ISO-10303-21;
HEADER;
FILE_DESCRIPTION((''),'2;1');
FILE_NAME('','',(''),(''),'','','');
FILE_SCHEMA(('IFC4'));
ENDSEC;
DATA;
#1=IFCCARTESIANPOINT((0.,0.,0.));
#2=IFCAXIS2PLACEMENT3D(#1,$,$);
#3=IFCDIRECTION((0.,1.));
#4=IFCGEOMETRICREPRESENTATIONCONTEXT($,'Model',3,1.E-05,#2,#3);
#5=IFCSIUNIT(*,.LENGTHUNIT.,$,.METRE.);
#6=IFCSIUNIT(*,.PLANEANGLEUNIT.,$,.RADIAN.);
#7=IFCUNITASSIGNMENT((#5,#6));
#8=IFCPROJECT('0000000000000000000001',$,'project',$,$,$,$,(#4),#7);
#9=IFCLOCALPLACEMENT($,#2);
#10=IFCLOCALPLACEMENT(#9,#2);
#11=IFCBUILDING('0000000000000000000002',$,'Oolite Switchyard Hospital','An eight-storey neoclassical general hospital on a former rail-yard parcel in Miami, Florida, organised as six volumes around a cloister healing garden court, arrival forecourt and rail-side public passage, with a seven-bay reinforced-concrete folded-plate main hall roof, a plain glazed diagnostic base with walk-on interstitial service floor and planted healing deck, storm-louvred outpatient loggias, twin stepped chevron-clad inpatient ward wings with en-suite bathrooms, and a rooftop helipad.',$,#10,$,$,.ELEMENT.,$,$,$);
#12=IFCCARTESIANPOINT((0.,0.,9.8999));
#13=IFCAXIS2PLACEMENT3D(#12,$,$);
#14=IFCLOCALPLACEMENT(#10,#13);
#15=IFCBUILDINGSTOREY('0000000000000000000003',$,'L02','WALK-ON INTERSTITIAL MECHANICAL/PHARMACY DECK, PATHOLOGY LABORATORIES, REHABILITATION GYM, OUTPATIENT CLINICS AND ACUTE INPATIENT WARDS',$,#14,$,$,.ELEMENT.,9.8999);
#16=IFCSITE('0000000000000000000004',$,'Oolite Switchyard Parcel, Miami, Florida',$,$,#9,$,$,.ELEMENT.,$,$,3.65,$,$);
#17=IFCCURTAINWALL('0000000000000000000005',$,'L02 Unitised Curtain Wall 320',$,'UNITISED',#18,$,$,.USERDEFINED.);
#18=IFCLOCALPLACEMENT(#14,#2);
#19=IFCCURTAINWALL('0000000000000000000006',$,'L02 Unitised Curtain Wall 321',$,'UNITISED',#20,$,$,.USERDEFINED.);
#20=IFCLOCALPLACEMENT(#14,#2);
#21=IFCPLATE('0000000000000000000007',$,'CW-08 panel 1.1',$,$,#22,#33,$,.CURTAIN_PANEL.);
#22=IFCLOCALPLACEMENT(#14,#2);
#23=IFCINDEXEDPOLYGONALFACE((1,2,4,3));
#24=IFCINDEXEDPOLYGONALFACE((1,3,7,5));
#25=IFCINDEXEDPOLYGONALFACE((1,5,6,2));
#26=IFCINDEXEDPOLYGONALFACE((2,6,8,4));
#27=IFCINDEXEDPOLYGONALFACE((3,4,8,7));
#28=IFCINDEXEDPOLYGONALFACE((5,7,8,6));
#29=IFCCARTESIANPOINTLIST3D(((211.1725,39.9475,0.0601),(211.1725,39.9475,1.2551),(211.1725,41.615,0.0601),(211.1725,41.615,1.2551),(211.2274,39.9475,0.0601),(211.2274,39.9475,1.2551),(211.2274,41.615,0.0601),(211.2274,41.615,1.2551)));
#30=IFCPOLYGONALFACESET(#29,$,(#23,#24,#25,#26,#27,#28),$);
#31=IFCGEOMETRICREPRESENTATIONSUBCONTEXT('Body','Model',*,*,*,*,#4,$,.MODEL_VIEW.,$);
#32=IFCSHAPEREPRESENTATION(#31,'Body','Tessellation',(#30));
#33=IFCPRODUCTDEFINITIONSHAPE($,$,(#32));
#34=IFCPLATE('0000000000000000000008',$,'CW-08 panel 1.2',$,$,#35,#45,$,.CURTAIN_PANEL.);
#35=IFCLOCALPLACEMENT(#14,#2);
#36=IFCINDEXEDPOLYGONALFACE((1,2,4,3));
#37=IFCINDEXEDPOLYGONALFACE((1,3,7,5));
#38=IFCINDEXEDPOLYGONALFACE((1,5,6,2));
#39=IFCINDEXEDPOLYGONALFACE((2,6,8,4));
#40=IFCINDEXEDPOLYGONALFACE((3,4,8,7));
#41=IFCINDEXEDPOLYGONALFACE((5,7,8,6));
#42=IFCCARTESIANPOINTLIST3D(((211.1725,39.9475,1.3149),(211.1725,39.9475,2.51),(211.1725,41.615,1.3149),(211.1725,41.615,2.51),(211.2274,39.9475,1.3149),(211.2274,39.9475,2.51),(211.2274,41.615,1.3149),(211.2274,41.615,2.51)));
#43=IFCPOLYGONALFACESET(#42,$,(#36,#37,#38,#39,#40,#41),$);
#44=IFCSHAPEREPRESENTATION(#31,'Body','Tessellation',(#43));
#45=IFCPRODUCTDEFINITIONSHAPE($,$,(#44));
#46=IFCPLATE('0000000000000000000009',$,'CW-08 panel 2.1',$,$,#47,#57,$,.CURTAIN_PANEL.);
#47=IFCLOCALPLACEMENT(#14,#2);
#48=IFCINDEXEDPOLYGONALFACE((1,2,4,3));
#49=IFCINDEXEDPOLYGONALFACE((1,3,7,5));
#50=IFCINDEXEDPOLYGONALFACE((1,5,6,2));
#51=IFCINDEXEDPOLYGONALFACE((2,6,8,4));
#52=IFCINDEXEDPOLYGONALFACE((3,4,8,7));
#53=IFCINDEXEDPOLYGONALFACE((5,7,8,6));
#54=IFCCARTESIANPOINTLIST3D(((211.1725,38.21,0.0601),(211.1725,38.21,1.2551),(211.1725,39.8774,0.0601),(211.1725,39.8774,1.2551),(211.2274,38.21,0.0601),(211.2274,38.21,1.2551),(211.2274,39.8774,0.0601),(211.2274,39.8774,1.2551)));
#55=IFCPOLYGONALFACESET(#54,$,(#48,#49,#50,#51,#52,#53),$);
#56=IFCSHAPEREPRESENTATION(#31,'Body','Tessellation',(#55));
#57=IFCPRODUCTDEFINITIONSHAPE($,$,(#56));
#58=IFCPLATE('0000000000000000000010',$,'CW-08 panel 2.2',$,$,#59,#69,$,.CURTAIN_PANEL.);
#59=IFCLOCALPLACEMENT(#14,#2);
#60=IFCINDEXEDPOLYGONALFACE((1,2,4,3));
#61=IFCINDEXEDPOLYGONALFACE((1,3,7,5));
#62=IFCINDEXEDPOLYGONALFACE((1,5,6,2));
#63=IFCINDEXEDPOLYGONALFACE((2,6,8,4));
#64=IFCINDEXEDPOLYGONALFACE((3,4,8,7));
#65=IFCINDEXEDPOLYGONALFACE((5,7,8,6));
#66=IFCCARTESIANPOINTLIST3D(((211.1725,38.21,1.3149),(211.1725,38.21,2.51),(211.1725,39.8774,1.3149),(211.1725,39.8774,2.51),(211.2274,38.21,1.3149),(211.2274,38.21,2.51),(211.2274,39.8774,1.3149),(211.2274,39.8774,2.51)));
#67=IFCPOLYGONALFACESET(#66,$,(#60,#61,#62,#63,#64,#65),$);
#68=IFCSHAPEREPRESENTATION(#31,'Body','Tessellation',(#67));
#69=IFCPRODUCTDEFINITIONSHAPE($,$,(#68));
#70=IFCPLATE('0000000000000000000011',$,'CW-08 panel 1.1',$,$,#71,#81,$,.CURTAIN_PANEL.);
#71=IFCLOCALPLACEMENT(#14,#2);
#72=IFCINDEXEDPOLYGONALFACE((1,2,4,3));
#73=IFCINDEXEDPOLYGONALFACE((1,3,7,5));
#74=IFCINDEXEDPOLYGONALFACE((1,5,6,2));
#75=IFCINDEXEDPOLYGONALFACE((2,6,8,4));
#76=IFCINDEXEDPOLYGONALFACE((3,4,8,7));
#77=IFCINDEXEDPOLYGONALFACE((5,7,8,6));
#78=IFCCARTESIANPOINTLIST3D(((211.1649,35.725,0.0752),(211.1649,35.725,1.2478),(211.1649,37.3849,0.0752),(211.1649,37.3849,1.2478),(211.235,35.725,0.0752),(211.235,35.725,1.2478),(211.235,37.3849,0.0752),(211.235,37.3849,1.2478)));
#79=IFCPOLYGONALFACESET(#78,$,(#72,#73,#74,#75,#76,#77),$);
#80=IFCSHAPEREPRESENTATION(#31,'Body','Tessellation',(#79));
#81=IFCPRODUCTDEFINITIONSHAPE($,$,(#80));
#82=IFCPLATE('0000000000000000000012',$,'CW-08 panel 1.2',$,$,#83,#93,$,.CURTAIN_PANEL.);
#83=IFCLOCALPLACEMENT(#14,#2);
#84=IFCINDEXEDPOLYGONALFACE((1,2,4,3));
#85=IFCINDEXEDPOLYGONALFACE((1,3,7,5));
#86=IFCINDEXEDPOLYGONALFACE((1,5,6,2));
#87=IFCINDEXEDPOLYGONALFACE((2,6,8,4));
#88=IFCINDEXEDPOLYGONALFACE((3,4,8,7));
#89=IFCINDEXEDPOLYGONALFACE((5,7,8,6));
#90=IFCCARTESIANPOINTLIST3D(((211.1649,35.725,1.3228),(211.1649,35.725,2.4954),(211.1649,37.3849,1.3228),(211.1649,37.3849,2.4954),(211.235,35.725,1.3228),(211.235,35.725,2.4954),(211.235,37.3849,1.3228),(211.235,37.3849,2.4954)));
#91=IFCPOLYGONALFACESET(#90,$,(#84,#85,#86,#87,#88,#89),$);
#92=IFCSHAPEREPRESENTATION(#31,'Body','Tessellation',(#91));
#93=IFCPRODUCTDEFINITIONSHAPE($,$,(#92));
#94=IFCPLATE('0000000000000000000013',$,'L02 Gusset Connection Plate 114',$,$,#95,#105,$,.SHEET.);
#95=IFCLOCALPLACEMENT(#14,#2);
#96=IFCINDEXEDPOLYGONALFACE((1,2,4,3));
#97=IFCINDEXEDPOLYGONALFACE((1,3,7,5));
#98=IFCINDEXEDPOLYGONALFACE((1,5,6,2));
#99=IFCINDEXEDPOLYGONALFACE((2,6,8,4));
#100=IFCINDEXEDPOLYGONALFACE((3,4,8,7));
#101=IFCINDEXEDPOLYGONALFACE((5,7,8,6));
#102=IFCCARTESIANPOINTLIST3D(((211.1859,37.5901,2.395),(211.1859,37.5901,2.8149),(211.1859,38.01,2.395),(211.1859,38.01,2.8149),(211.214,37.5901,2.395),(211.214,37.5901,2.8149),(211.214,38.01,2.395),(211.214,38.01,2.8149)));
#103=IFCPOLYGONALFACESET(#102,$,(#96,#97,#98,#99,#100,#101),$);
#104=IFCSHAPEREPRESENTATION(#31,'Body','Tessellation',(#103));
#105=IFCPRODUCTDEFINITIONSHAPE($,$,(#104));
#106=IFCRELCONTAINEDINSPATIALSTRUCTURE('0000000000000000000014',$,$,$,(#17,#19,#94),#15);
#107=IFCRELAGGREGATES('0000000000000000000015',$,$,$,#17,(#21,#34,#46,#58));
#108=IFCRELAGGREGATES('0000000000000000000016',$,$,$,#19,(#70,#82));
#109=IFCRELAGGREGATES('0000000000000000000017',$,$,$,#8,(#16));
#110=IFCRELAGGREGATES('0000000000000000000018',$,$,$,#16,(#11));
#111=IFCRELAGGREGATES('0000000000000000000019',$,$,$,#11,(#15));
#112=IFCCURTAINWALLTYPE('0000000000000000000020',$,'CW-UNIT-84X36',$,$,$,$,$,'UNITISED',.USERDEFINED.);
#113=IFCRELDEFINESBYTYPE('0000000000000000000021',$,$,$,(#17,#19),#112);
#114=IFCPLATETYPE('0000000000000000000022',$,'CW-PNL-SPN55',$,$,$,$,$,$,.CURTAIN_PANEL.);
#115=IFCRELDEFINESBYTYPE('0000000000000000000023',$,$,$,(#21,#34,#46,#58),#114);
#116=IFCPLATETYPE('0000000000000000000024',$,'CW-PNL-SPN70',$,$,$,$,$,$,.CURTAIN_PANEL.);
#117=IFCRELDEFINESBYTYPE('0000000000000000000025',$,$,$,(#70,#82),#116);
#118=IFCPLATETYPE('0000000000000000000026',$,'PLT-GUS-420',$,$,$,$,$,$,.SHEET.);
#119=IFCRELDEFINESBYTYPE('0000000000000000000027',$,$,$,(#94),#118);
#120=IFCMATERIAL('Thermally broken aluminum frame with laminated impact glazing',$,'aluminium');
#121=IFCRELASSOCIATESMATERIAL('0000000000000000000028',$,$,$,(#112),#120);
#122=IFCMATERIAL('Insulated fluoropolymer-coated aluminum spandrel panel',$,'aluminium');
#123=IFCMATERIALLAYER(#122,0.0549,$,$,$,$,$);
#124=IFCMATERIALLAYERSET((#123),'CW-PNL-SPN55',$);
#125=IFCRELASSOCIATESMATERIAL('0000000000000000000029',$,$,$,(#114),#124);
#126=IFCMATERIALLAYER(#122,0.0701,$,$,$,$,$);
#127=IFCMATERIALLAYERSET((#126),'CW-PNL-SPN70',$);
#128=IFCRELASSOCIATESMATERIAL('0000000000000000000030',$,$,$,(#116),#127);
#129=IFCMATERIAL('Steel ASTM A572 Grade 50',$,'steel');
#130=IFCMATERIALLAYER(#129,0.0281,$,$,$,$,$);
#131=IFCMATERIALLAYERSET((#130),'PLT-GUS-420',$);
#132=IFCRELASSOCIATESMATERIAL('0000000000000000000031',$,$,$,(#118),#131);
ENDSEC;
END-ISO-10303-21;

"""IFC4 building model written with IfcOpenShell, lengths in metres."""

from ifc_helpers import new_model, si_unit, direction, frame, origin, origin_2d, place, context, subcontext, project, spatial, rectangle, extrude, material, layer, layer_set, type_object, element, aggregate, save


model = new_model("IFC4")

# Units and contexts
model_context = context("Model", 3, precision=1e-05, world=origin(), true_north=direction((0.0, 1.0)))
body_context = subcontext(model_context, "Body", "Model", "MODEL_VIEW")
ifc_project = project(units=[si_unit("LENGTHUNIT", "METRE"), si_unit("PLANEANGLEUNIT", "RADIAN")], contexts=[model_context])

# Site, building, storey
site_placement = place(None, origin())
site = spatial("IfcSite", under=ifc_project, at=site_placement, Name="Oolite Switchyard Parcel, Miami, Florida", CompositionType="ELEMENT", RefElevation=3.65)
building_placement = place(site_placement, origin())
building = spatial("IfcBuilding", under=site, at=building_placement, Name="Oolite Switchyard Hospital", Description="An eight-storey neoclassical general hospital on a former rail-yard parcel in Miami, Florida, organised as six volumes around a cloister healing garden court, arrival forecourt and rail-side public passage, with a seven-bay reinforced-concrete folded-plate main hall roof, a plain glazed diagnostic base with walk-on interstitial service floor and planted healing deck, storm-louvred outpatient loggias, twin stepped chevron-clad inpatient ward wings with en-suite bathrooms, and a rooftop helipad.", CompositionType="ELEMENT")
storey_placement = place(building_placement, frame((0.0, 0.0, 9.8999)))
storey = spatial("IfcBuildingStorey", under=building, at=storey_placement, Name="L02", Description="WALK-ON INTERSTITIAL MECHANICAL/PHARMACY DECK, PATHOLOGY LABORATORIES, REHABILITATION GYM, OUTPATIENT CLINICS AND ACUTE INPATIENT WARDS", CompositionType="ELEMENT", Elevation=9.8999)

# Curtain walls
ifc_material_1 = material(Name="Thermally broken aluminum frame with laminated impact glazing", Category="aluminium")
curtain_wall_type = type_object("IfcCurtainWallType", Name="CW-UNIT-84X36", ElementType="UNITISED", PredefinedType="USERDEFINED", material=ifc_material_1)
curtain_wall_1_placement = place(storey_placement, origin())
curtain_wall_1 = element("IfcCurtainWall", 1, at=curtain_wall_1_placement, inside=storey, type_object=curtain_wall_type, Name="L02 Unitised Curtain Wall 320", ObjectType="UNITISED", PredefinedType="USERDEFINED")
curtain_wall_2_placement = place(storey_placement, origin())
curtain_wall_2 = element("IfcCurtainWall", 2, at=curtain_wall_2_placement, inside=storey, type_object=curtain_wall_type, Name="L02 Unitised Curtain Wall 321", ObjectType="UNITISED", PredefinedType="USERDEFINED")

# Plates
ifc_material_2 = material(Name="Insulated fluoropolymer-coated aluminum spandrel panel", Category="aluminium")
ifc_layer_1 = layer(ifc_material_2, 0.0549)
ifc_layer_set_1 = layer_set([ifc_layer_1], Name="CW-PNL-SPN55")
plate_type_1 = type_object("IfcPlateType", Name="CW-PNL-SPN55", PredefinedType="CURTAIN_PANEL", material=ifc_layer_set_1)
plate_1_placement = place(storey_placement, frame((211.2, 40.7812, 0.0601), z_axis=(0.0, 0.0, 1.0), x_axis=(0.0, -1.0, 0.0)))
plate_1 = element("IfcPlate", 3, at=plate_1_placement, type_object=plate_type_1, Name="CW-08 panel 1.1", PredefinedType="CURTAIN_PANEL", context=body_context, shape_type="SweptSolid", body=[
    extrude(rectangle(XDim=1.6675, YDim=0.0549, at=origin_2d()), origin(), (0.0, 0.0, 1.0), 1.1951),
])
plate_2_placement = place(storey_placement, frame((211.2, 40.7812, 1.3149), z_axis=(0.0, 0.0, 1.0), x_axis=(0.0, -1.0, 0.0)))
plate_2 = element("IfcPlate", 4, at=plate_2_placement, type_object=plate_type_1, Name="CW-08 panel 1.2", PredefinedType="CURTAIN_PANEL", context=body_context, shape_type="SweptSolid", body=[
    extrude(rectangle(XDim=1.6675, YDim=0.0549, at=origin_2d()), origin(), (0.0, 0.0, 1.0), 1.1951),
])
plate_3_placement = place(storey_placement, frame((211.2, 39.0437, 0.0601), z_axis=(0.0, 0.0, 1.0), x_axis=(0.0, -1.0, 0.0)))
plate_3 = element("IfcPlate", 5, at=plate_3_placement, type_object=plate_type_1, Name="CW-08 panel 2.1", PredefinedType="CURTAIN_PANEL", context=body_context, shape_type="SweptSolid", body=[
    extrude(rectangle(XDim=1.6675, YDim=0.0549, at=origin_2d()), origin(), (0.0, 0.0, 1.0), 1.1951),
])
plate_4_placement = place(storey_placement, frame((211.2, 39.0437, 1.3149), z_axis=(0.0, 0.0, 1.0), x_axis=(0.0, -1.0, 0.0)))
plate_4 = element("IfcPlate", 6, at=plate_4_placement, type_object=plate_type_1, Name="CW-08 panel 2.2", PredefinedType="CURTAIN_PANEL", context=body_context, shape_type="SweptSolid", body=[
    extrude(rectangle(XDim=1.6675, YDim=0.0549, at=origin_2d()), origin(), (0.0, 0.0, 1.0), 1.1951),
])
aggregate(curtain_wall_1, [plate_1, plate_2, plate_3, plate_4])
ifc_layer_2 = layer(ifc_material_2, 0.0701)
ifc_layer_set_2 = layer_set([ifc_layer_2], Name="CW-PNL-SPN70")
plate_type_2 = type_object("IfcPlateType", Name="CW-PNL-SPN70", PredefinedType="CURTAIN_PANEL", material=ifc_layer_set_2)
plate_5_placement = place(storey_placement, frame((211.2, 36.5549, 0.0752), z_axis=(0.0, 0.0, 1.0), x_axis=(0.0, -1.0, 0.0)))
plate_5 = element("IfcPlate", 7, at=plate_5_placement, type_object=plate_type_2, Name="CW-08 panel 1.1", PredefinedType="CURTAIN_PANEL", context=body_context, shape_type="SweptSolid", body=[
    extrude(rectangle(XDim=1.6599, YDim=0.0701, at=origin_2d()), origin(), (0.0, 0.0, 1.0), 1.1726),
])
plate_6_placement = place(storey_placement, frame((211.2, 36.5549, 1.3228), z_axis=(0.0, 0.0, 1.0), x_axis=(0.0, -1.0, 0.0)))
plate_6 = element("IfcPlate", 8, at=plate_6_placement, type_object=plate_type_2, Name="CW-08 panel 1.2", PredefinedType="CURTAIN_PANEL", context=body_context, shape_type="SweptSolid", body=[
    extrude(rectangle(XDim=1.6599, YDim=0.0701, at=origin_2d()), origin(), (0.0, 0.0, 1.0), 1.1726),
])
aggregate(curtain_wall_2, [plate_5, plate_6])
ifc_material_3 = material(Name="Steel ASTM A572 Grade 50", Category="steel")
ifc_layer_3 = layer(ifc_material_3, 0.0281)
ifc_layer_set_3 = layer_set([ifc_layer_3], Name="PLT-GUS-420")
plate_type_3 = type_object("IfcPlateType", Name="PLT-GUS-420", PredefinedType="SHEET", material=ifc_layer_set_3)
plate_7_placement = place(storey_placement, frame((211.2, 37.8, 2.395), z_axis=(0.0, 0.0, 1.0), x_axis=(0.0, 1.0, 0.0)))
element("IfcPlate", 9, at=plate_7_placement, inside=storey, type_object=plate_type_3, Name="L02 Gusset Connection Plate 114", PredefinedType="SHEET", context=body_context, shape_type="SweptSolid", body=[
    extrude(rectangle(XDim=0.4199, YDim=0.0281, at=origin_2d()), origin(), (0.0, 0.0, 1.0), 0.4199),
])

save(model, "model.ifc")
